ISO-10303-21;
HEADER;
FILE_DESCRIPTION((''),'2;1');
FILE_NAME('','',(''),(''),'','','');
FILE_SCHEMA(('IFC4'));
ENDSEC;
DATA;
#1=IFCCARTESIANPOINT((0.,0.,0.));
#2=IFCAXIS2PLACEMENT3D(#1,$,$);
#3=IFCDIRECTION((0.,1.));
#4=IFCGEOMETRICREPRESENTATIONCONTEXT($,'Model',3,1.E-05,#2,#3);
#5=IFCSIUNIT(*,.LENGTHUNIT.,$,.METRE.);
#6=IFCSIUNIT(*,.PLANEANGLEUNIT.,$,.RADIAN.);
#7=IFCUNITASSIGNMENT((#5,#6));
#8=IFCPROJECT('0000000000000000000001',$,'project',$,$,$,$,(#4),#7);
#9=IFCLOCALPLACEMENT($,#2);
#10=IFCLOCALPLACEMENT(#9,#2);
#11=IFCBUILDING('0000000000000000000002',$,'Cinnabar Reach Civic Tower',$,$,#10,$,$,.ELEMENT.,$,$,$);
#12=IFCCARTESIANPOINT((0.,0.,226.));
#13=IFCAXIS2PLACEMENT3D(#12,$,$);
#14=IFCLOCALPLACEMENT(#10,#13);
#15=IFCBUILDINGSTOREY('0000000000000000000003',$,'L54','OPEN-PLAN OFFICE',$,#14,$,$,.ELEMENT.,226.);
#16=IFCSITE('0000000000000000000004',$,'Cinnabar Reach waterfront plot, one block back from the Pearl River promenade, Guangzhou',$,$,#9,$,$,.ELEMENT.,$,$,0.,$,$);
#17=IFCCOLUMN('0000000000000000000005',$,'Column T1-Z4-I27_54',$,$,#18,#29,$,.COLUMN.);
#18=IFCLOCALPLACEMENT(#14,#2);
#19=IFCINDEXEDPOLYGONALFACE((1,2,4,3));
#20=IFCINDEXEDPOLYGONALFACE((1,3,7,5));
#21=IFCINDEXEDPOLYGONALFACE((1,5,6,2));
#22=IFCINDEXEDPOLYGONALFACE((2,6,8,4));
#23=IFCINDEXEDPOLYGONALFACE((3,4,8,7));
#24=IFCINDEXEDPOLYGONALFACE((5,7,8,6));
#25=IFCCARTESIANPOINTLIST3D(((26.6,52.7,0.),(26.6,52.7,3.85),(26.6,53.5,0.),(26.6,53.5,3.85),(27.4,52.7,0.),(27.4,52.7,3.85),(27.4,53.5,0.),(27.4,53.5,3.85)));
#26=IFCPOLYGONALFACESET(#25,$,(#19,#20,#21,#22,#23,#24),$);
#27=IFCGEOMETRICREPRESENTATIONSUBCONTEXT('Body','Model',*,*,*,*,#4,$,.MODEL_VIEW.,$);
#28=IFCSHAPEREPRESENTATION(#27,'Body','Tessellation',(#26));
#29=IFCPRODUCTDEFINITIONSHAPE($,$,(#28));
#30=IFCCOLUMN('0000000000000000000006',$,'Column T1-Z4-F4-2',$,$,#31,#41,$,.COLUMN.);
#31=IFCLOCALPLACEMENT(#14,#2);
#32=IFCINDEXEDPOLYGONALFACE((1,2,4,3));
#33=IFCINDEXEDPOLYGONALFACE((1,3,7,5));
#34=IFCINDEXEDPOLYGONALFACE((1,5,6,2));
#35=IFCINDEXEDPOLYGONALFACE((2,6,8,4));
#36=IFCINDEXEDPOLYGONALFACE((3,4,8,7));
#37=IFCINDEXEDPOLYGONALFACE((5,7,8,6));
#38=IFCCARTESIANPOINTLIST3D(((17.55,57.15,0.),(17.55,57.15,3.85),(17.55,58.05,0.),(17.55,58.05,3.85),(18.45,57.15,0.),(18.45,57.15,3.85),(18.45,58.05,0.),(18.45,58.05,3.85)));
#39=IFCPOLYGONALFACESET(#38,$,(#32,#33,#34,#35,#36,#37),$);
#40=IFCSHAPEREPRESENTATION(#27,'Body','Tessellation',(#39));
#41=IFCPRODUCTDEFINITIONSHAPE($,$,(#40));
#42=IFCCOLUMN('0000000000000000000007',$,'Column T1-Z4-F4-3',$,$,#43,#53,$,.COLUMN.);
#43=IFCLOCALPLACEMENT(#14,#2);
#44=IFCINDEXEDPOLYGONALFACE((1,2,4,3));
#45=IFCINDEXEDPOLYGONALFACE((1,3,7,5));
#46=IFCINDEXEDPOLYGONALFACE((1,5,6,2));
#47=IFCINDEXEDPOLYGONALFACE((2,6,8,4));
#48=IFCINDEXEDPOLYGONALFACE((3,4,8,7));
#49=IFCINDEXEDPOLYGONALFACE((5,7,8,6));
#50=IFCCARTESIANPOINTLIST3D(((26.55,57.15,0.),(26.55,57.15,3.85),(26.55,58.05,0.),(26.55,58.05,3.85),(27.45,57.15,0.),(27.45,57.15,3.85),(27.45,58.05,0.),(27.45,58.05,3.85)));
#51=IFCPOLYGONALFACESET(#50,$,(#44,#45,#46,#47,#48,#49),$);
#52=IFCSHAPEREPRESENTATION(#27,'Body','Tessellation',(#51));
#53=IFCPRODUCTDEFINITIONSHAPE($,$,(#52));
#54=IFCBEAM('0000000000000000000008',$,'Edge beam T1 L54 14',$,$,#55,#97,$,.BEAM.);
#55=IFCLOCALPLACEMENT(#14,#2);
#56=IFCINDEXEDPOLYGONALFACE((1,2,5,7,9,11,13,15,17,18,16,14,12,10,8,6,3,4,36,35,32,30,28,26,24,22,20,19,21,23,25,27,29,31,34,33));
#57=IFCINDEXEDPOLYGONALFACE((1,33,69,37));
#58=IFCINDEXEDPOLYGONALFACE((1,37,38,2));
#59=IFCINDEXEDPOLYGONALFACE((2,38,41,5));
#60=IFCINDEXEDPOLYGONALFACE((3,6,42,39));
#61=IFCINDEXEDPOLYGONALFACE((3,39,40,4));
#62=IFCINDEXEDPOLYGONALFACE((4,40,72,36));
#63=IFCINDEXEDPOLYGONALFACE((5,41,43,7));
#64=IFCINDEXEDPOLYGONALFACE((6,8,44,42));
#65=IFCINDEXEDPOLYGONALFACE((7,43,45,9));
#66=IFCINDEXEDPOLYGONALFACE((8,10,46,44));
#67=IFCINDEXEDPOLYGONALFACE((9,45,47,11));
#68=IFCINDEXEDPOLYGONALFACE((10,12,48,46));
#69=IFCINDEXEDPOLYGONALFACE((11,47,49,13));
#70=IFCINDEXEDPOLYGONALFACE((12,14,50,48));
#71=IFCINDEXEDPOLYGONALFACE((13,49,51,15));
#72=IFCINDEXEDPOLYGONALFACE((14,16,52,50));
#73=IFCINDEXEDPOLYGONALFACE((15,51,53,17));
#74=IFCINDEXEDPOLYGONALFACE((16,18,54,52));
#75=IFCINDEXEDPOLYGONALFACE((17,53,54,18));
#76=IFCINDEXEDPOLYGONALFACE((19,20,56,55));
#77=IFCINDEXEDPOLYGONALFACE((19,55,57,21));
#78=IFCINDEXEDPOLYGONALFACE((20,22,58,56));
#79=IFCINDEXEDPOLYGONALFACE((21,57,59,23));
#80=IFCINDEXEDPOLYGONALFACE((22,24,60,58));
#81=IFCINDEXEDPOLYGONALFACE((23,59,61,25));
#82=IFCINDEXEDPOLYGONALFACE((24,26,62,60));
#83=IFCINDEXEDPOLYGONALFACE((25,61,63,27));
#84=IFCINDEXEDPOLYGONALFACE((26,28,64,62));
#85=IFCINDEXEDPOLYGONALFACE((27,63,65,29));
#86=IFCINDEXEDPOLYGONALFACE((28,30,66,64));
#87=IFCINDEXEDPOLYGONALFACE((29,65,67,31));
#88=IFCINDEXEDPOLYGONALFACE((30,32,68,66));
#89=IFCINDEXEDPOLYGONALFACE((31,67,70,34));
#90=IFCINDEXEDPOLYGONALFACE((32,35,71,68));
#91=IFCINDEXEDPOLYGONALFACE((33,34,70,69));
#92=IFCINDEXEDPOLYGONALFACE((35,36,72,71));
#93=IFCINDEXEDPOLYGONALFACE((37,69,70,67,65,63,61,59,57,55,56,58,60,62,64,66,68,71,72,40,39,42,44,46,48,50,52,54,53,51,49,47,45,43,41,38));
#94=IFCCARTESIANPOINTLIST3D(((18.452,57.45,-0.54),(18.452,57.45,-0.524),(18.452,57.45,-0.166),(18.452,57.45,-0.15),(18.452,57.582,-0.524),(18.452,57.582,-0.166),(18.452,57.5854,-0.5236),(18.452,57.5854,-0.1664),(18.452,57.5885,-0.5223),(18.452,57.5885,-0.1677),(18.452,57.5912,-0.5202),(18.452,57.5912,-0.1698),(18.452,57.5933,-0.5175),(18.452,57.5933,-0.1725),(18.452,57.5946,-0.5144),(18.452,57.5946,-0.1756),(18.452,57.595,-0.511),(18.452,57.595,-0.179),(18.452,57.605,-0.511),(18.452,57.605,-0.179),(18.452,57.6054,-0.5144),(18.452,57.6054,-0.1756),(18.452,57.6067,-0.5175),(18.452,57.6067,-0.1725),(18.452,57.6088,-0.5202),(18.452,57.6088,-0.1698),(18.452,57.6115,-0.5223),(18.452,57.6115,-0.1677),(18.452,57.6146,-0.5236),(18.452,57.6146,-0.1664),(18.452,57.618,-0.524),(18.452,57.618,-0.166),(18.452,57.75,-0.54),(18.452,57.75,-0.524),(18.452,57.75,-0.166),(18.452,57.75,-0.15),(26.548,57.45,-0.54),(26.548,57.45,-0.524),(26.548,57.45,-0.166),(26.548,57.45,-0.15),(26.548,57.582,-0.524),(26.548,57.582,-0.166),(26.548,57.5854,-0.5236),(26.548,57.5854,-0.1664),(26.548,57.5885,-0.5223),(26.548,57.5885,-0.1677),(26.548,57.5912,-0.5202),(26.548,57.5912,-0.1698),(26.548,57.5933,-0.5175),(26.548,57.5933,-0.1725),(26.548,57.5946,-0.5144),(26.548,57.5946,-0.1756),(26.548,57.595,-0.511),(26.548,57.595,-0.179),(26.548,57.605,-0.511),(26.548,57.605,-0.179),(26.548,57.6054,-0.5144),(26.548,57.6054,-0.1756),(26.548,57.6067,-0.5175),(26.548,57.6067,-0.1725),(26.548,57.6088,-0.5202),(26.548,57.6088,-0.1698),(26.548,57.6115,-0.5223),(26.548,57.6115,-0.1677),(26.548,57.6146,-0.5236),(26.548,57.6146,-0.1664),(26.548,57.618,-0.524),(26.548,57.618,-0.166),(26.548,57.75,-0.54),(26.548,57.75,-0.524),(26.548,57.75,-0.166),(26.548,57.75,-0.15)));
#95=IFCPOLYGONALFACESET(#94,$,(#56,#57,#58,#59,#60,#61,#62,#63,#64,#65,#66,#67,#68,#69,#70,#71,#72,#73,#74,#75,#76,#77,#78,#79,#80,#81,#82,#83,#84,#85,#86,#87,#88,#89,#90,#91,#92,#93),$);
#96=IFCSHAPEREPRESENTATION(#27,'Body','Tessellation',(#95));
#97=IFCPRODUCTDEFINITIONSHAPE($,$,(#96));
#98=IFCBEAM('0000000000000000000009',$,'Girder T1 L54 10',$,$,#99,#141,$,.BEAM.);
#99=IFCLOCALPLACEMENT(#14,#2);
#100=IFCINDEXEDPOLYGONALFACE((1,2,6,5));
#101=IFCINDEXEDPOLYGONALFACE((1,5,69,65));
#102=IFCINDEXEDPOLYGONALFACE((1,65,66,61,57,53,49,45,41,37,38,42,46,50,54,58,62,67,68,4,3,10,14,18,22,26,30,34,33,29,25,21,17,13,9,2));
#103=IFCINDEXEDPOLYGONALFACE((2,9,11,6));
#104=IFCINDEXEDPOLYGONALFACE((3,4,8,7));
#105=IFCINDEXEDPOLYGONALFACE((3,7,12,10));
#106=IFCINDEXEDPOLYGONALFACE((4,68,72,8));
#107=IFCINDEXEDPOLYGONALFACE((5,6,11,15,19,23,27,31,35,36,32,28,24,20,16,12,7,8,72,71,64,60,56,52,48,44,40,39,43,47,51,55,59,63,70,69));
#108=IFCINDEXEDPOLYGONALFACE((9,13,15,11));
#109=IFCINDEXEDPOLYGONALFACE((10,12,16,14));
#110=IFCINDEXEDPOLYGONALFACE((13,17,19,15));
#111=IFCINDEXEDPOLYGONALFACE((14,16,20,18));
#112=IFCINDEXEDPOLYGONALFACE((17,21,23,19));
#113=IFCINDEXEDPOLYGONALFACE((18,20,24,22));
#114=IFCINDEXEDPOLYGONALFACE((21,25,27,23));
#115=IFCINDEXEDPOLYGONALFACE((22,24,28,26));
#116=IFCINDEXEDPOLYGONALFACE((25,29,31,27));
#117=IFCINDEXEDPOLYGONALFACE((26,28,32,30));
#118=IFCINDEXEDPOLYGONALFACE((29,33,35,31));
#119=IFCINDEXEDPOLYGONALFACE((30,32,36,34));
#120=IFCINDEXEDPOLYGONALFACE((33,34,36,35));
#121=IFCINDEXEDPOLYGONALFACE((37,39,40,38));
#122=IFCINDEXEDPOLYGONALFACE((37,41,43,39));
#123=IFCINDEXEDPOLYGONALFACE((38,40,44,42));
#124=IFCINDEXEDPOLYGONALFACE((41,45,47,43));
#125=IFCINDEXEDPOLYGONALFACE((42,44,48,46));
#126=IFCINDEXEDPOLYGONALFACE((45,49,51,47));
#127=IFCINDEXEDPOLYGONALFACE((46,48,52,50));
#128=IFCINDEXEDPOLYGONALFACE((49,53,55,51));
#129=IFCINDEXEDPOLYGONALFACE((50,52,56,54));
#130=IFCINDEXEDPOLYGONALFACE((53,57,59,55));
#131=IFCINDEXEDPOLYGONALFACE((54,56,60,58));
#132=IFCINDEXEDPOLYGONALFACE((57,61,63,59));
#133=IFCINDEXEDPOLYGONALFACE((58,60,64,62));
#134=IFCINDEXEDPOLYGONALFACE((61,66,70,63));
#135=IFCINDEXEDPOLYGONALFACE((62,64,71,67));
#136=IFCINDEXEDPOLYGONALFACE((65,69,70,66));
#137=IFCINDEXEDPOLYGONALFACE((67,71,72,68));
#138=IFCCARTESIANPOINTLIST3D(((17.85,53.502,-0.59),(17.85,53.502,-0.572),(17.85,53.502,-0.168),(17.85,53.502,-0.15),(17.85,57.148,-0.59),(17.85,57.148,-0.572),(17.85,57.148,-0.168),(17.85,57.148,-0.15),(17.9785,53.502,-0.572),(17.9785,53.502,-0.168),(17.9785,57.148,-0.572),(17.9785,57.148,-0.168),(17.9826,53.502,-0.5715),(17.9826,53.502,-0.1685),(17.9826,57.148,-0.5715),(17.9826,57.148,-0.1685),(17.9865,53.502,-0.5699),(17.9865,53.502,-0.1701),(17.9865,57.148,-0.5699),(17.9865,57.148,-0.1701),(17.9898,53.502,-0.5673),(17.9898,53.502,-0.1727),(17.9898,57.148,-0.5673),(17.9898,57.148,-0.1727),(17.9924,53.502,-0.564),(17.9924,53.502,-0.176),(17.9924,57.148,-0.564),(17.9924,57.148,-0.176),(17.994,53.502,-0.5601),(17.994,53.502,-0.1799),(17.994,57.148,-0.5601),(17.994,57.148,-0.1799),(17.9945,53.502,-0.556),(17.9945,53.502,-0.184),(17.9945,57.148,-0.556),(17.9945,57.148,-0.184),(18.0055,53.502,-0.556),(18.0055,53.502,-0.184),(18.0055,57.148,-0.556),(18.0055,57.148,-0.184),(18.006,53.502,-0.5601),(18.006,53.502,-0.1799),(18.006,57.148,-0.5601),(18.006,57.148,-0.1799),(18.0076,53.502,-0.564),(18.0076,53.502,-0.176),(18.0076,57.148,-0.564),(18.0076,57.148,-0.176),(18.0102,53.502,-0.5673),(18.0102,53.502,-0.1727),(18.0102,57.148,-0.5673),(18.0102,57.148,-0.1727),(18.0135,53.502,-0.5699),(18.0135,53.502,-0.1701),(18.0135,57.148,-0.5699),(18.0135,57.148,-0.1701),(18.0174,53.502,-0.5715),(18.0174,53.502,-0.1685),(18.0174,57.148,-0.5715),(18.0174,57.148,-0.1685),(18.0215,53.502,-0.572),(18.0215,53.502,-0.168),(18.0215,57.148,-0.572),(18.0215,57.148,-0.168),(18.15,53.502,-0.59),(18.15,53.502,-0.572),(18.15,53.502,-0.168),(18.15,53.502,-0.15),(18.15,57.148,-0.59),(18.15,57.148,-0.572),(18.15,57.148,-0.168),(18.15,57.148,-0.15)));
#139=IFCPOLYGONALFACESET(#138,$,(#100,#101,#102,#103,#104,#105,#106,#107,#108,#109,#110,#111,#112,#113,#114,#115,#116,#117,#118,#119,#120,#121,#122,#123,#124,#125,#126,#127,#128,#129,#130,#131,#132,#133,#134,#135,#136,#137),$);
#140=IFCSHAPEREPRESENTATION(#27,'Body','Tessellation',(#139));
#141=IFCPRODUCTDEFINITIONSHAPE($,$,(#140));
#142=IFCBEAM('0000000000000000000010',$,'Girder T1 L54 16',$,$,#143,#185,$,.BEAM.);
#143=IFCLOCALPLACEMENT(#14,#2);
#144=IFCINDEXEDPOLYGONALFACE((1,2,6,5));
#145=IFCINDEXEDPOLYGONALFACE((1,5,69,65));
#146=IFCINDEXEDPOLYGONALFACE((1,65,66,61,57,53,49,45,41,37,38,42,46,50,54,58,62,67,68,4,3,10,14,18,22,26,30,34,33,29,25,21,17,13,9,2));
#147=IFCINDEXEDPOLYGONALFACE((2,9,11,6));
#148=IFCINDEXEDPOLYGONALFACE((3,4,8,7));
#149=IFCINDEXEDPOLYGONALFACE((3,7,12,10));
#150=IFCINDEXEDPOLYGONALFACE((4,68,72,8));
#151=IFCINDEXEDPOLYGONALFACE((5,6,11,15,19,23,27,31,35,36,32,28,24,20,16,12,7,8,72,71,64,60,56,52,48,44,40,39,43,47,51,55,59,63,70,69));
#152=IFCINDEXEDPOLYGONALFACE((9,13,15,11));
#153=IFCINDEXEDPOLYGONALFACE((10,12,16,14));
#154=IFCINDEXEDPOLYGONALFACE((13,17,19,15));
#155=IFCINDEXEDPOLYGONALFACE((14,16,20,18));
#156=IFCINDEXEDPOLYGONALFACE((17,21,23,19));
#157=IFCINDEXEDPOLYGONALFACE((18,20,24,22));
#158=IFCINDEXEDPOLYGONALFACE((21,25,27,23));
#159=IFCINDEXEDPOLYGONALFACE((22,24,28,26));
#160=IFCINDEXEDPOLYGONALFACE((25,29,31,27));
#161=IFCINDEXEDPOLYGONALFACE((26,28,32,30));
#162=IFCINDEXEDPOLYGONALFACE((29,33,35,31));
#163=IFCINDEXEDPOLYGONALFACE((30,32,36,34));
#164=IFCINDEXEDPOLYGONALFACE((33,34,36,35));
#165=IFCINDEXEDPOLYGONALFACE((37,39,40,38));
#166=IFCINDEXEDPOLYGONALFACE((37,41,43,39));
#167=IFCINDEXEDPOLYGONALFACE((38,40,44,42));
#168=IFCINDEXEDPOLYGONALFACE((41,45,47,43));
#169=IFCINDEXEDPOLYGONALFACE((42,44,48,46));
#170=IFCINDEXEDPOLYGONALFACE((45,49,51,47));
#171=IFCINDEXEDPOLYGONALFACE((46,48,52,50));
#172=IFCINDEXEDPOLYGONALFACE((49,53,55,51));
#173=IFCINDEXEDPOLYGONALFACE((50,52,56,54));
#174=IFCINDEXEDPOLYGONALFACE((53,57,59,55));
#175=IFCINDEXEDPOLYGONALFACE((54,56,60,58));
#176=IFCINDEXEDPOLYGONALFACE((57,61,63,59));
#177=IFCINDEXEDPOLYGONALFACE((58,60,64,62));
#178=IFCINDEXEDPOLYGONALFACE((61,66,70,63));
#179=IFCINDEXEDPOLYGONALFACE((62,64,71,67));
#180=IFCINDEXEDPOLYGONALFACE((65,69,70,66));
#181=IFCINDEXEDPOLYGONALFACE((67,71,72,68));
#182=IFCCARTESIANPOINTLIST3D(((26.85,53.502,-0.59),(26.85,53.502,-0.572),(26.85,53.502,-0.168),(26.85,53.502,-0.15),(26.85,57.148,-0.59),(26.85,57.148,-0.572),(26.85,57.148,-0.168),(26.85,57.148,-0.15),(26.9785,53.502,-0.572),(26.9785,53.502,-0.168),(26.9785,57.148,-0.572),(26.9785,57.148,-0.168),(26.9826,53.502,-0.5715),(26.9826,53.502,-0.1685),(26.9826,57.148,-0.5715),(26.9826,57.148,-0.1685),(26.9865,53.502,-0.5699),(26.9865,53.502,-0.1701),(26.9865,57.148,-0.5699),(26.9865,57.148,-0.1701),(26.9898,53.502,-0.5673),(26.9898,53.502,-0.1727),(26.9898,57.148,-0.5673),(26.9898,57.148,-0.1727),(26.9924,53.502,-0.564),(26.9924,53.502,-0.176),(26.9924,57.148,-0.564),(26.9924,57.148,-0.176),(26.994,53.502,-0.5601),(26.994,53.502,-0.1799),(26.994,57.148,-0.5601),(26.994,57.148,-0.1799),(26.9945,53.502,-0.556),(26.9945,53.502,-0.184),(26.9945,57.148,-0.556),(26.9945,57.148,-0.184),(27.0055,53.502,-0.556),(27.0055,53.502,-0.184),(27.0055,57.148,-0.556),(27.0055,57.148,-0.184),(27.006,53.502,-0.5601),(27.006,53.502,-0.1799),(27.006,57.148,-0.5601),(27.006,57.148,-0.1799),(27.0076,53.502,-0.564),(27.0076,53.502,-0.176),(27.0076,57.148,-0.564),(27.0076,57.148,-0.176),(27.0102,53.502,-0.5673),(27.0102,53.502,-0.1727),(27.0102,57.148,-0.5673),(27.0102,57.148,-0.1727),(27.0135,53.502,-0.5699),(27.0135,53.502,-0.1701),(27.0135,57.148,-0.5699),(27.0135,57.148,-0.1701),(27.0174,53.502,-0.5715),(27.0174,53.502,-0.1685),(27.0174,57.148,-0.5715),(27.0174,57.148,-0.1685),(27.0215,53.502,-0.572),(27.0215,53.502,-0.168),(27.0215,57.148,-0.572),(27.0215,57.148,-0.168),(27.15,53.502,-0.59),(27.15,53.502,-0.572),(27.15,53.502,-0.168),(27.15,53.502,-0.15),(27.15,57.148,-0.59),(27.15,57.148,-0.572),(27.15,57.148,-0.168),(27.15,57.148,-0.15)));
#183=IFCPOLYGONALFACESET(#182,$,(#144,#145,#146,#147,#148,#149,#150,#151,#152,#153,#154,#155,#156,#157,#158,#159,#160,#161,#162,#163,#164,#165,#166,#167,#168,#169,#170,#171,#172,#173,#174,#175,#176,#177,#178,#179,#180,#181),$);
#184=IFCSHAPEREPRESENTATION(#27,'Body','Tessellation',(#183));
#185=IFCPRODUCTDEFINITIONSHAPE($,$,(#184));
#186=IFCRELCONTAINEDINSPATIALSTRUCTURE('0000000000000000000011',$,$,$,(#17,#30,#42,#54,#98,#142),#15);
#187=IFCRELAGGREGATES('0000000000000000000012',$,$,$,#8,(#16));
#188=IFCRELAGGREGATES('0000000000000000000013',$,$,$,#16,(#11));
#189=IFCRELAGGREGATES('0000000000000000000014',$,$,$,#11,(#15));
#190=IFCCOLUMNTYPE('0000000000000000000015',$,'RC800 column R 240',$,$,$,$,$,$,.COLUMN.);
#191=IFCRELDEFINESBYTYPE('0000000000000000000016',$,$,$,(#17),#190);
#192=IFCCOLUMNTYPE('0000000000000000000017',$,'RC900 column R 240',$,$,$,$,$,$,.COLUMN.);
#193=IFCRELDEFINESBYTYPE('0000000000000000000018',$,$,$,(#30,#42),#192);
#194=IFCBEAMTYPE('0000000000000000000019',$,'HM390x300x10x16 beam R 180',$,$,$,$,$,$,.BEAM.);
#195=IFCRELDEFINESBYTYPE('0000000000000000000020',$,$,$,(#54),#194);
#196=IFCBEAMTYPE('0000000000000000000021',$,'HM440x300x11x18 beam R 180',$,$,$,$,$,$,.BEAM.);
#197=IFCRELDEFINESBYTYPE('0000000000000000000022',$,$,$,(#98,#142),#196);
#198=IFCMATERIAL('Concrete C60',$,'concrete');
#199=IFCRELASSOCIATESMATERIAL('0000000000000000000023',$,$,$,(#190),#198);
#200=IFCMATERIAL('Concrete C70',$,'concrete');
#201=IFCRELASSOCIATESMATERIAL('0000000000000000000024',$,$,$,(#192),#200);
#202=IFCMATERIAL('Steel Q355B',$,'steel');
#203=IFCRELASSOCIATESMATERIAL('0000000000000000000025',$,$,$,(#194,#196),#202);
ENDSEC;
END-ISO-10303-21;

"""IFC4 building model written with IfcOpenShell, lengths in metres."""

from ifc_helpers import new_model, si_unit, direction, frame, origin, origin_2d, place, context, subcontext, project, spatial, rectangle, i_section, extrude, material, material_profile, profile_set, type_object, element, save


model = new_model("IFC4")

# Units and contexts
model_context = context("Model", 3, precision=1e-05, world=origin(), true_north=direction((0.0, 1.0)))
body_context = subcontext(model_context, "Body", "Model", "MODEL_VIEW")
ifc_project = project(units=[si_unit("LENGTHUNIT", "METRE"), si_unit("PLANEANGLEUNIT", "RADIAN")], contexts=[model_context])

# Site, building, storey
site_placement = place(None, origin())
site = spatial("IfcSite", under=ifc_project, at=site_placement, Name="Cinnabar Reach waterfront plot, one block back from the Pearl River promenade, Guangzhou", CompositionType="ELEMENT", RefElevation=0.0)
building_placement = place(site_placement, origin())
building = spatial("IfcBuilding", under=site, at=building_placement, Name="Cinnabar Reach Civic Tower", CompositionType="ELEMENT")
storey_placement = place(building_placement, frame((0.0, 0.0, 226.0)))
storey = spatial("IfcBuildingStorey", under=building, at=storey_placement, Name="L54", Description="OPEN-PLAN OFFICE", CompositionType="ELEMENT", Elevation=226.0)

# Columns
ifc_material_1 = material(Name="Concrete C60", Category="concrete")
ifc_material_profile_1 = material_profile(ifc_material_1, rectangle(XDim=0.8, YDim=0.8, at=origin_2d()), Name="RC800")
ifc_profile_set_1 = profile_set([ifc_material_profile_1], Name="Concrete C60")
column_type_1 = type_object("IfcColumnType", Name="RC800 column R 240", PredefinedType="COLUMN", material=ifc_profile_set_1)
column_placement = place(storey_placement, frame((27.0, 53.1, 0.0), z_axis=(0.0, 0.0, 1.0), x_axis=(1.0, 0.0, 0.0)))
element("IfcColumn", 1, at=column_placement, inside=storey, type_object=column_type_1, Name="Column T1-Z4-I27_54", PredefinedType="COLUMN", context=body_context, shape_type="SweptSolid", body=[
    extrude(rectangle(XDim=0.8, YDim=0.8, at=origin_2d()), origin(), (0.0, 0.0, 1.0), 3.85),
])
ifc_material_2 = material(Name="Concrete C70", Category="concrete")
ifc_material_profile_2 = material_profile(ifc_material_2, rectangle(XDim=0.9, YDim=0.9, at=origin_2d()), Name="RC900")
ifc_profile_set_2 = profile_set([ifc_material_profile_2], Name="Concrete C70")
column_type_2 = type_object("IfcColumnType", Name="RC900 column R 240", PredefinedType="COLUMN", material=ifc_profile_set_2)
for number, where, z_axis, x_axis, name in (
    (2, (18.0, 57.6, 0.0), (0.0, 0.0, 1.0), (1.0, 0.0, 0.0), "Column T1-Z4-F4-2"),
    (3, (27.0, 57.6, 0.0), (0.0, 0.0, 1.0), (1.0, 0.0, 0.0), "Column T1-Z4-F4-3"),
):
    element("IfcColumn", number, at=place(storey_placement, frame(where, z_axis=z_axis, x_axis=x_axis)), inside=storey, type_object=column_type_2, Name=name, PredefinedType="COLUMN", context=body_context, shape_type="SweptSolid", body=[
        extrude(rectangle(XDim=0.9, YDim=0.9, at=origin_2d()), origin(), (0.0, 0.0, 1.0), 3.85),
    ])

# Beams
ifc_material_3 = material(Name="Steel Q355B", Category="steel")
ifc_material_profile_3 = material_profile(ifc_material_3, i_section(OverallWidth=0.3, OverallDepth=0.39, WebThickness=0.01, FlangeThickness=0.016, FilletRadius=0.013, at=origin_2d()), Name="HM390x300x10x16")
ifc_profile_set_3 = profile_set([ifc_material_profile_3], Name="Steel Q355B")
beam_type_1 = type_object("IfcBeamType", Name="HM390x300x10x16 beam R 180", PredefinedType="BEAM", material=ifc_profile_set_3)
beam_1_placement = place(storey_placement, frame((26.548, 57.6, -0.345), z_axis=(-1.0, 0.0, 0.0), x_axis=(0.0, -1.0, 0.0)))
element("IfcBeam", 4, at=beam_1_placement, inside=storey, type_object=beam_type_1, Name="Edge beam T1 L54 14", PredefinedType="BEAM", context=body_context, shape_type="SweptSolid", body=[
    extrude(i_section(OverallWidth=0.3, OverallDepth=0.39, WebThickness=0.01, FlangeThickness=0.016, FilletRadius=0.013, at=origin_2d()), origin(), (0.0, 0.0, 1.0), 8.096),
])
ifc_material_profile_4 = material_profile(ifc_material_3, i_section(OverallWidth=0.3, OverallDepth=0.44, WebThickness=0.011, FlangeThickness=0.018, FilletRadius=0.016, at=origin_2d()), Name="HM440x300x11x18")
ifc_profile_set_4 = profile_set([ifc_material_profile_4], Name="Steel Q355B")
beam_type_2 = type_object("IfcBeamType", Name="HM440x300x11x18 beam R 180", PredefinedType="BEAM", material=ifc_profile_set_4)
for number, where, z_axis, x_axis, name in (
    (5, (18.0, 53.502, -0.37), (0.0, 1.0, 0.0), (-1.0, 0.0, 0.0), "Girder T1 L54 10"),
    (6, (27.0, 53.502, -0.37), (0.0, 1.0, 0.0), (-1.0, 0.0, 0.0), "Girder T1 L54 16"),
):
    element("IfcBeam", number, at=place(storey_placement, frame(where, z_axis=z_axis, x_axis=x_axis)), inside=storey, type_object=beam_type_2, Name=name, PredefinedType="BEAM", context=body_context, shape_type="SweptSolid", body=[
        extrude(i_section(OverallWidth=0.3, OverallDepth=0.44, WebThickness=0.011, FlangeThickness=0.018, FilletRadius=0.016, at=origin_2d()), origin(), (0.0, 0.0, 1.0), 3.646),
    ])

save(model, "model.ifc")
